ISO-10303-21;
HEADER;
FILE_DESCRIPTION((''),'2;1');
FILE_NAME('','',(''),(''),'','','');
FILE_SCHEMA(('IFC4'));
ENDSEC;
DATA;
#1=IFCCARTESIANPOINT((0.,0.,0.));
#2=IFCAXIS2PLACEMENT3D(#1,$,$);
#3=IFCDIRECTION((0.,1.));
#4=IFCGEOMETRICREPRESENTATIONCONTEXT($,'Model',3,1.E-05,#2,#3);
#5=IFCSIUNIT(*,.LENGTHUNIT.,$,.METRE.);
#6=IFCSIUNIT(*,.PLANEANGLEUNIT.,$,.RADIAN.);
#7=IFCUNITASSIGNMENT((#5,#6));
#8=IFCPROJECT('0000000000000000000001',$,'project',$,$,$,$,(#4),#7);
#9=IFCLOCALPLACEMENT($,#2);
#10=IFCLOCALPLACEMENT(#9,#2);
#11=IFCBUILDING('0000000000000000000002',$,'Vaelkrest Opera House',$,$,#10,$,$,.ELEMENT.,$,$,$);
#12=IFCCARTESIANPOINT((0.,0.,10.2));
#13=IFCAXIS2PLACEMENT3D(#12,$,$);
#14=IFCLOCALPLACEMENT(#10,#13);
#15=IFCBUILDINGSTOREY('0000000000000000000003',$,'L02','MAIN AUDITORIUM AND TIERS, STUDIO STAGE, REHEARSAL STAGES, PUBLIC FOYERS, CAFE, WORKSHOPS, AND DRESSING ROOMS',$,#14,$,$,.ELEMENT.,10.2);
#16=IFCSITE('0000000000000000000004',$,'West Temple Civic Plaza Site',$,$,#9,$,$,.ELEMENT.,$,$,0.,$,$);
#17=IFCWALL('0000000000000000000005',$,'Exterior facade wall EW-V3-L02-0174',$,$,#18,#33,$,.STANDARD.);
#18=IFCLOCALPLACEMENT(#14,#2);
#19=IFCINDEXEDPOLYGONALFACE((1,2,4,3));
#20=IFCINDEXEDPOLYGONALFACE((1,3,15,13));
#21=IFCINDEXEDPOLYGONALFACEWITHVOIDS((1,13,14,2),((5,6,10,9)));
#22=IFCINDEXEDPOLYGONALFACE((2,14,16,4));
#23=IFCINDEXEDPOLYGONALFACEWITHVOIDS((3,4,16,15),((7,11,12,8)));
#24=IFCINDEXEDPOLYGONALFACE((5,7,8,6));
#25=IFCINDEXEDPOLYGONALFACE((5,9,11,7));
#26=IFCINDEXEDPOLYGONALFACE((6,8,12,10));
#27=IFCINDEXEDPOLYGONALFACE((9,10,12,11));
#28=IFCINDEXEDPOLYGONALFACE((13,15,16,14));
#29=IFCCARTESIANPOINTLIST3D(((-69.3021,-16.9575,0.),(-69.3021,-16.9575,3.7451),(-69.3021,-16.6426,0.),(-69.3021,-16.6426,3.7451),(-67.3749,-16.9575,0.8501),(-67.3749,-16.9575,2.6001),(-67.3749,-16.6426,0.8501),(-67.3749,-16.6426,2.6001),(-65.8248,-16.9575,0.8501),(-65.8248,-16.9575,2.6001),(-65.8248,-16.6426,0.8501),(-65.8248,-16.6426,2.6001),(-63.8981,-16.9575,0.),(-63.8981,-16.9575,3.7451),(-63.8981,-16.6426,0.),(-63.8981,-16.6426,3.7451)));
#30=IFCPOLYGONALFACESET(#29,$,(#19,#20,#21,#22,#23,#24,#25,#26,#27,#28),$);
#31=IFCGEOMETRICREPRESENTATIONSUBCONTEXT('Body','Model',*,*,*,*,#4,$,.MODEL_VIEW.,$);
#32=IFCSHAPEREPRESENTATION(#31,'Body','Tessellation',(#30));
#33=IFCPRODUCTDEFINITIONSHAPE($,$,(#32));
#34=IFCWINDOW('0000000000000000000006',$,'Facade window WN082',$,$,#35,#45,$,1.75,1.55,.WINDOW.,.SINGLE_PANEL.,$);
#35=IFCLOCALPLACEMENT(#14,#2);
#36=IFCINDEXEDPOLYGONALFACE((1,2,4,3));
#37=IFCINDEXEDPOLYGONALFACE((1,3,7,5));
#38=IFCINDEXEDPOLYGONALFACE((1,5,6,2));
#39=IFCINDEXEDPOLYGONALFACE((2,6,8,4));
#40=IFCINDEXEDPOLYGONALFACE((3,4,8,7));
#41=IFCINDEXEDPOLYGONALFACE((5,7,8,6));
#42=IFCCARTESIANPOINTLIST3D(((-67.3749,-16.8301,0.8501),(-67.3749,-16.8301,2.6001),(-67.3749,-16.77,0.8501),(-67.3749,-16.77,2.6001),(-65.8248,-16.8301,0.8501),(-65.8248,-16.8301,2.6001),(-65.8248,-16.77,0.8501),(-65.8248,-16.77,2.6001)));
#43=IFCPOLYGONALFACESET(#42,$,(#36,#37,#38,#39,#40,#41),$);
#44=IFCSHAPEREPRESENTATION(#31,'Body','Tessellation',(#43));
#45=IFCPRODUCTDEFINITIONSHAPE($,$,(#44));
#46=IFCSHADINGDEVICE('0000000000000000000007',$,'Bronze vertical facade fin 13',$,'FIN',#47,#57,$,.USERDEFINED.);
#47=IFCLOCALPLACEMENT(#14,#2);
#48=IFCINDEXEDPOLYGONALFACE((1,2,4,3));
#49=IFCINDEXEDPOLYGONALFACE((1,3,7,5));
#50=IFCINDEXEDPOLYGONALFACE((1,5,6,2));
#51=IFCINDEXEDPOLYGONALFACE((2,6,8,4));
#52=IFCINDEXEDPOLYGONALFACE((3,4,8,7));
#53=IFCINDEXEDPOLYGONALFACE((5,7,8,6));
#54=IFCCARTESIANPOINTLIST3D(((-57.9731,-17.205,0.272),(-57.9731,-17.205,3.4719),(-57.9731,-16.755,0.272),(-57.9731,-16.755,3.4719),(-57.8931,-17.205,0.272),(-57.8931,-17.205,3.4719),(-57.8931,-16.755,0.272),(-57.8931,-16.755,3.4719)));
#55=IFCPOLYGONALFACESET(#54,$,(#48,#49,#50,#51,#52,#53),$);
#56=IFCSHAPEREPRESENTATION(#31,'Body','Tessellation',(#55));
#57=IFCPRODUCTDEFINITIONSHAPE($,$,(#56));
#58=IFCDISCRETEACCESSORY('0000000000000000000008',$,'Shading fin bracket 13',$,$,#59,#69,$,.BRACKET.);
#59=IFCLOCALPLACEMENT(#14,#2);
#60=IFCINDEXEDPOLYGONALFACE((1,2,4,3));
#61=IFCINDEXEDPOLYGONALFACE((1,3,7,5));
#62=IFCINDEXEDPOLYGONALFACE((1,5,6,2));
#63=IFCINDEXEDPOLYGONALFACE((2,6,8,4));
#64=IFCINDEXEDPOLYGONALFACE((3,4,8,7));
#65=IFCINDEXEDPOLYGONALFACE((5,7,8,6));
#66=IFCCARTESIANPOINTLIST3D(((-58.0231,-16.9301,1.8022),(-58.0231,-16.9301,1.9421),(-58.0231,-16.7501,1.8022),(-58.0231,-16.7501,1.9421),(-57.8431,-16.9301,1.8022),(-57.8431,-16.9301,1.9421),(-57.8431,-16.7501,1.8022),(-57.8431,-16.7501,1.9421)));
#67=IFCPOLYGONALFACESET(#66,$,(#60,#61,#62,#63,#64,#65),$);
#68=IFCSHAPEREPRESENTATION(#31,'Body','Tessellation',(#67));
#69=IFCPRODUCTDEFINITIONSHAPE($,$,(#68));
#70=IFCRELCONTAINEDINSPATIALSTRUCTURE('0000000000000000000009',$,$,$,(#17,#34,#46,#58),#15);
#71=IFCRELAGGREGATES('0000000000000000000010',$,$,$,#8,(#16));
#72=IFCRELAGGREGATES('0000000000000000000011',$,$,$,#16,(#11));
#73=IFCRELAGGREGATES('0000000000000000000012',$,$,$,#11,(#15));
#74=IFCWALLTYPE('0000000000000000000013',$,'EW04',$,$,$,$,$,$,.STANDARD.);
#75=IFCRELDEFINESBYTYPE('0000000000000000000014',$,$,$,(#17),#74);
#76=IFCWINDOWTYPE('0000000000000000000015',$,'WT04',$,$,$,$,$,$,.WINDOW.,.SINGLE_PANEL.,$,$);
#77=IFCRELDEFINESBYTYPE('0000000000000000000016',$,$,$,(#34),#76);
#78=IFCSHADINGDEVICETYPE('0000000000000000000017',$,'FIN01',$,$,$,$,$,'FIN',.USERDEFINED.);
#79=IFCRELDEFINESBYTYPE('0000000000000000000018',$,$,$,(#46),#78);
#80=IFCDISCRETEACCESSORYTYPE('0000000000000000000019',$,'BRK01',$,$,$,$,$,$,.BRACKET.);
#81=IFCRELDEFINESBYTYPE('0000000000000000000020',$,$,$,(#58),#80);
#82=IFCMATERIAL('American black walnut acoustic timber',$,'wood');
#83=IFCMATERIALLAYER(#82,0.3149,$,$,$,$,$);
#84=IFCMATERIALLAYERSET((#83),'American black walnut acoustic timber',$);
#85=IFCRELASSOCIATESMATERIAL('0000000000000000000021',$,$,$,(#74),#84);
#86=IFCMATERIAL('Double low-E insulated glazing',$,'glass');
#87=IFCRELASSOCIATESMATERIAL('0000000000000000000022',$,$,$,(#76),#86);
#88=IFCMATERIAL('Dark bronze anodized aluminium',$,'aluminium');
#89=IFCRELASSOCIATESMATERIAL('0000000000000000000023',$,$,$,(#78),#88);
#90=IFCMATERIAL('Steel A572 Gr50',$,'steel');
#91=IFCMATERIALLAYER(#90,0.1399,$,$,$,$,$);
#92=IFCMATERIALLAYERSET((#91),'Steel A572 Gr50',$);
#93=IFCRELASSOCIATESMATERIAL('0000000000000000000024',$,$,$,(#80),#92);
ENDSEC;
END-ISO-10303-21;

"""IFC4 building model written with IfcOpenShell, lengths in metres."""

from ifc_helpers import new_model, si_unit, direction, frame, frame_2d, origin, origin_2d, place, context, subcontext, project, spatial, rectangle, extrude, material, layer, layer_set, type_object, element, fill, save


model = new_model("IFC4")

# Units and contexts
model_context = context("Model", 3, precision=1e-05, world=origin(), true_north=direction((0.0, 1.0)))
body_context = subcontext(model_context, "Body", "Model", "MODEL_VIEW")
ifc_project = project(units=[si_unit("LENGTHUNIT", "METRE"), si_unit("PLANEANGLEUNIT", "RADIAN")], contexts=[model_context])

# Site, building, storey
site_placement = place(None, origin())
site = spatial("IfcSite", under=ifc_project, at=site_placement, Name="West Temple Civic Plaza Site", CompositionType="ELEMENT", RefElevation=0.0)
building_placement = place(site_placement, origin())
building = spatial("IfcBuilding", under=site, at=building_placement, Name="Vaelkrest Opera House", CompositionType="ELEMENT")
storey_placement = place(building_placement, frame((0.0, 0.0, 10.2)))
storey = spatial("IfcBuildingStorey", under=building, at=storey_placement, Name="L02", Description="MAIN AUDITORIUM AND TIERS, STUDIO STAGE, REHEARSAL STAGES, PUBLIC FOYERS, CAFE, WORKSHOPS, AND DRESSING ROOMS", CompositionType="ELEMENT", Elevation=10.2)

# Shared definitions
ifc_material_1 = material(Name="Dark bronze anodized aluminium", Category="aluminium")

# Shared definitions
ifc_material_2 = material(Name="Steel A572 Gr50", Category="steel")

# Wall, opening, window
ifc_material_3 = material(Name="American black walnut acoustic timber", Category="wood")
ifc_layer_1 = layer(ifc_material_3, 0.3149)
ifc_layer_set_1 = layer_set([ifc_layer_1], Name="American black walnut acoustic timber")
wall_type = type_object("IfcWallType", Name="EW04", PredefinedType="STANDARD", material=ifc_layer_set_1)
wall_placement = place(storey_placement, frame((-63.8979, -16.8, 0.0), z_axis=(0.0, 0.0, 1.0), x_axis=(-1.0, 0.0, 0.0)))
wall = element("IfcWall", 1, at=wall_placement, inside=storey, type_object=wall_type, Name="Exterior facade wall EW-V3-L02-0174", PredefinedType="STANDARD", context=body_context, shape_type="SweptSolid", body=[
    extrude(rectangle(XDim=5.4041, YDim=0.3149, at=frame_2d((2.7021, 0.0))), origin(), (0.0, 0.0, 1.0), 3.7451),
])
opening_placement = place(wall_placement, frame((1.927, 0.0, 0.8501)))
opening = element("IfcOpeningElement", 2, at=opening_placement, cuts=wall, PredefinedType="OPENING", context=body_context, shape_type="SweptSolid", body=[
    extrude(rectangle(XDim=1.55, YDim=1.75, at=frame_2d((0.7749, 0.875))), frame((0.0, 0.1675, 0.0), z_axis=(0.0, -1.0, 0.0), x_axis=(1.0, 0.0, 0.0)), (0.0, 0.0, 1.0), 0.335),
])
ifc_material_4 = material(Name="Double low-E insulated glazing", Category="glass")
window_type = type_object("IfcWindowType", Name="WT04", PartitioningType="SINGLE_PANEL", PredefinedType="WINDOW", material=ifc_material_4)
window_placement = place(opening_placement, origin())
window = element("IfcWindow", 3, at=window_placement, inside=storey, type_object=window_type, Name="Facade window WN082", OverallHeight=1.75, OverallWidth=1.55, PartitioningType="SINGLE_PANEL", PredefinedType="WINDOW", context=body_context, shape_type="SweptSolid", body=[
    extrude(rectangle(XDim=1.55, YDim=1.75, at=frame_2d((0.7749, 0.875))), frame((0.0, 0.03, 0.0), z_axis=(0.0, -1.0, 0.0), x_axis=(1.0, 0.0, 0.0)), (0.0, 0.0, 1.0), 0.0601),
])
fill(opening, window)

# Shading device
shading_device_type = type_object("IfcShadingDeviceType", Name="FIN01", ElementType="FIN", PredefinedType="USERDEFINED", material=ifc_material_1)
shading_device_placement = place(storey_placement, frame((-57.9331, -16.98, 0.272), z_axis=(0.0, 0.0, 1.0), x_axis=(0.0, -1.0, 0.0)))
element("IfcShadingDevice", 4, at=shading_device_placement, inside=storey, type_object=shading_device_type, Name="Bronze vertical facade fin 13", ObjectType="FIN", PredefinedType="USERDEFINED", context=body_context, shape_type="SweptSolid", body=[
    extrude(rectangle(XDim=0.45, YDim=0.0801, at=origin_2d()), origin(), (0.0, 0.0, 1.0), 3.2),
])

# Discrete accessory
ifc_layer_2 = layer(ifc_material_2, 0.1399)
ifc_layer_set_2 = layer_set([ifc_layer_2], Name="Steel A572 Gr50")
discrete_accessory_type = type_object("IfcDiscreteAccessoryType", Name="BRK01", PredefinedType="BRACKET", material=ifc_layer_set_2)
discrete_accessory_placement = place(storey_placement, frame((-57.9331, -16.8401, 1.8022), z_axis=(0.0, 0.0, 1.0), x_axis=(0.0, -1.0, 0.0)))
element("IfcDiscreteAccessory", 5, at=discrete_accessory_placement, inside=storey, type_object=discrete_accessory_type, Name="Shading fin bracket 13", PredefinedType="BRACKET", context=body_context, shape_type="SweptSolid", body=[
    extrude(rectangle(XDim=0.1799, YDim=0.1799, at=origin_2d()), origin(), (0.0, 0.0, 1.0), 0.1399),
])

save(model, "model.ifc")
